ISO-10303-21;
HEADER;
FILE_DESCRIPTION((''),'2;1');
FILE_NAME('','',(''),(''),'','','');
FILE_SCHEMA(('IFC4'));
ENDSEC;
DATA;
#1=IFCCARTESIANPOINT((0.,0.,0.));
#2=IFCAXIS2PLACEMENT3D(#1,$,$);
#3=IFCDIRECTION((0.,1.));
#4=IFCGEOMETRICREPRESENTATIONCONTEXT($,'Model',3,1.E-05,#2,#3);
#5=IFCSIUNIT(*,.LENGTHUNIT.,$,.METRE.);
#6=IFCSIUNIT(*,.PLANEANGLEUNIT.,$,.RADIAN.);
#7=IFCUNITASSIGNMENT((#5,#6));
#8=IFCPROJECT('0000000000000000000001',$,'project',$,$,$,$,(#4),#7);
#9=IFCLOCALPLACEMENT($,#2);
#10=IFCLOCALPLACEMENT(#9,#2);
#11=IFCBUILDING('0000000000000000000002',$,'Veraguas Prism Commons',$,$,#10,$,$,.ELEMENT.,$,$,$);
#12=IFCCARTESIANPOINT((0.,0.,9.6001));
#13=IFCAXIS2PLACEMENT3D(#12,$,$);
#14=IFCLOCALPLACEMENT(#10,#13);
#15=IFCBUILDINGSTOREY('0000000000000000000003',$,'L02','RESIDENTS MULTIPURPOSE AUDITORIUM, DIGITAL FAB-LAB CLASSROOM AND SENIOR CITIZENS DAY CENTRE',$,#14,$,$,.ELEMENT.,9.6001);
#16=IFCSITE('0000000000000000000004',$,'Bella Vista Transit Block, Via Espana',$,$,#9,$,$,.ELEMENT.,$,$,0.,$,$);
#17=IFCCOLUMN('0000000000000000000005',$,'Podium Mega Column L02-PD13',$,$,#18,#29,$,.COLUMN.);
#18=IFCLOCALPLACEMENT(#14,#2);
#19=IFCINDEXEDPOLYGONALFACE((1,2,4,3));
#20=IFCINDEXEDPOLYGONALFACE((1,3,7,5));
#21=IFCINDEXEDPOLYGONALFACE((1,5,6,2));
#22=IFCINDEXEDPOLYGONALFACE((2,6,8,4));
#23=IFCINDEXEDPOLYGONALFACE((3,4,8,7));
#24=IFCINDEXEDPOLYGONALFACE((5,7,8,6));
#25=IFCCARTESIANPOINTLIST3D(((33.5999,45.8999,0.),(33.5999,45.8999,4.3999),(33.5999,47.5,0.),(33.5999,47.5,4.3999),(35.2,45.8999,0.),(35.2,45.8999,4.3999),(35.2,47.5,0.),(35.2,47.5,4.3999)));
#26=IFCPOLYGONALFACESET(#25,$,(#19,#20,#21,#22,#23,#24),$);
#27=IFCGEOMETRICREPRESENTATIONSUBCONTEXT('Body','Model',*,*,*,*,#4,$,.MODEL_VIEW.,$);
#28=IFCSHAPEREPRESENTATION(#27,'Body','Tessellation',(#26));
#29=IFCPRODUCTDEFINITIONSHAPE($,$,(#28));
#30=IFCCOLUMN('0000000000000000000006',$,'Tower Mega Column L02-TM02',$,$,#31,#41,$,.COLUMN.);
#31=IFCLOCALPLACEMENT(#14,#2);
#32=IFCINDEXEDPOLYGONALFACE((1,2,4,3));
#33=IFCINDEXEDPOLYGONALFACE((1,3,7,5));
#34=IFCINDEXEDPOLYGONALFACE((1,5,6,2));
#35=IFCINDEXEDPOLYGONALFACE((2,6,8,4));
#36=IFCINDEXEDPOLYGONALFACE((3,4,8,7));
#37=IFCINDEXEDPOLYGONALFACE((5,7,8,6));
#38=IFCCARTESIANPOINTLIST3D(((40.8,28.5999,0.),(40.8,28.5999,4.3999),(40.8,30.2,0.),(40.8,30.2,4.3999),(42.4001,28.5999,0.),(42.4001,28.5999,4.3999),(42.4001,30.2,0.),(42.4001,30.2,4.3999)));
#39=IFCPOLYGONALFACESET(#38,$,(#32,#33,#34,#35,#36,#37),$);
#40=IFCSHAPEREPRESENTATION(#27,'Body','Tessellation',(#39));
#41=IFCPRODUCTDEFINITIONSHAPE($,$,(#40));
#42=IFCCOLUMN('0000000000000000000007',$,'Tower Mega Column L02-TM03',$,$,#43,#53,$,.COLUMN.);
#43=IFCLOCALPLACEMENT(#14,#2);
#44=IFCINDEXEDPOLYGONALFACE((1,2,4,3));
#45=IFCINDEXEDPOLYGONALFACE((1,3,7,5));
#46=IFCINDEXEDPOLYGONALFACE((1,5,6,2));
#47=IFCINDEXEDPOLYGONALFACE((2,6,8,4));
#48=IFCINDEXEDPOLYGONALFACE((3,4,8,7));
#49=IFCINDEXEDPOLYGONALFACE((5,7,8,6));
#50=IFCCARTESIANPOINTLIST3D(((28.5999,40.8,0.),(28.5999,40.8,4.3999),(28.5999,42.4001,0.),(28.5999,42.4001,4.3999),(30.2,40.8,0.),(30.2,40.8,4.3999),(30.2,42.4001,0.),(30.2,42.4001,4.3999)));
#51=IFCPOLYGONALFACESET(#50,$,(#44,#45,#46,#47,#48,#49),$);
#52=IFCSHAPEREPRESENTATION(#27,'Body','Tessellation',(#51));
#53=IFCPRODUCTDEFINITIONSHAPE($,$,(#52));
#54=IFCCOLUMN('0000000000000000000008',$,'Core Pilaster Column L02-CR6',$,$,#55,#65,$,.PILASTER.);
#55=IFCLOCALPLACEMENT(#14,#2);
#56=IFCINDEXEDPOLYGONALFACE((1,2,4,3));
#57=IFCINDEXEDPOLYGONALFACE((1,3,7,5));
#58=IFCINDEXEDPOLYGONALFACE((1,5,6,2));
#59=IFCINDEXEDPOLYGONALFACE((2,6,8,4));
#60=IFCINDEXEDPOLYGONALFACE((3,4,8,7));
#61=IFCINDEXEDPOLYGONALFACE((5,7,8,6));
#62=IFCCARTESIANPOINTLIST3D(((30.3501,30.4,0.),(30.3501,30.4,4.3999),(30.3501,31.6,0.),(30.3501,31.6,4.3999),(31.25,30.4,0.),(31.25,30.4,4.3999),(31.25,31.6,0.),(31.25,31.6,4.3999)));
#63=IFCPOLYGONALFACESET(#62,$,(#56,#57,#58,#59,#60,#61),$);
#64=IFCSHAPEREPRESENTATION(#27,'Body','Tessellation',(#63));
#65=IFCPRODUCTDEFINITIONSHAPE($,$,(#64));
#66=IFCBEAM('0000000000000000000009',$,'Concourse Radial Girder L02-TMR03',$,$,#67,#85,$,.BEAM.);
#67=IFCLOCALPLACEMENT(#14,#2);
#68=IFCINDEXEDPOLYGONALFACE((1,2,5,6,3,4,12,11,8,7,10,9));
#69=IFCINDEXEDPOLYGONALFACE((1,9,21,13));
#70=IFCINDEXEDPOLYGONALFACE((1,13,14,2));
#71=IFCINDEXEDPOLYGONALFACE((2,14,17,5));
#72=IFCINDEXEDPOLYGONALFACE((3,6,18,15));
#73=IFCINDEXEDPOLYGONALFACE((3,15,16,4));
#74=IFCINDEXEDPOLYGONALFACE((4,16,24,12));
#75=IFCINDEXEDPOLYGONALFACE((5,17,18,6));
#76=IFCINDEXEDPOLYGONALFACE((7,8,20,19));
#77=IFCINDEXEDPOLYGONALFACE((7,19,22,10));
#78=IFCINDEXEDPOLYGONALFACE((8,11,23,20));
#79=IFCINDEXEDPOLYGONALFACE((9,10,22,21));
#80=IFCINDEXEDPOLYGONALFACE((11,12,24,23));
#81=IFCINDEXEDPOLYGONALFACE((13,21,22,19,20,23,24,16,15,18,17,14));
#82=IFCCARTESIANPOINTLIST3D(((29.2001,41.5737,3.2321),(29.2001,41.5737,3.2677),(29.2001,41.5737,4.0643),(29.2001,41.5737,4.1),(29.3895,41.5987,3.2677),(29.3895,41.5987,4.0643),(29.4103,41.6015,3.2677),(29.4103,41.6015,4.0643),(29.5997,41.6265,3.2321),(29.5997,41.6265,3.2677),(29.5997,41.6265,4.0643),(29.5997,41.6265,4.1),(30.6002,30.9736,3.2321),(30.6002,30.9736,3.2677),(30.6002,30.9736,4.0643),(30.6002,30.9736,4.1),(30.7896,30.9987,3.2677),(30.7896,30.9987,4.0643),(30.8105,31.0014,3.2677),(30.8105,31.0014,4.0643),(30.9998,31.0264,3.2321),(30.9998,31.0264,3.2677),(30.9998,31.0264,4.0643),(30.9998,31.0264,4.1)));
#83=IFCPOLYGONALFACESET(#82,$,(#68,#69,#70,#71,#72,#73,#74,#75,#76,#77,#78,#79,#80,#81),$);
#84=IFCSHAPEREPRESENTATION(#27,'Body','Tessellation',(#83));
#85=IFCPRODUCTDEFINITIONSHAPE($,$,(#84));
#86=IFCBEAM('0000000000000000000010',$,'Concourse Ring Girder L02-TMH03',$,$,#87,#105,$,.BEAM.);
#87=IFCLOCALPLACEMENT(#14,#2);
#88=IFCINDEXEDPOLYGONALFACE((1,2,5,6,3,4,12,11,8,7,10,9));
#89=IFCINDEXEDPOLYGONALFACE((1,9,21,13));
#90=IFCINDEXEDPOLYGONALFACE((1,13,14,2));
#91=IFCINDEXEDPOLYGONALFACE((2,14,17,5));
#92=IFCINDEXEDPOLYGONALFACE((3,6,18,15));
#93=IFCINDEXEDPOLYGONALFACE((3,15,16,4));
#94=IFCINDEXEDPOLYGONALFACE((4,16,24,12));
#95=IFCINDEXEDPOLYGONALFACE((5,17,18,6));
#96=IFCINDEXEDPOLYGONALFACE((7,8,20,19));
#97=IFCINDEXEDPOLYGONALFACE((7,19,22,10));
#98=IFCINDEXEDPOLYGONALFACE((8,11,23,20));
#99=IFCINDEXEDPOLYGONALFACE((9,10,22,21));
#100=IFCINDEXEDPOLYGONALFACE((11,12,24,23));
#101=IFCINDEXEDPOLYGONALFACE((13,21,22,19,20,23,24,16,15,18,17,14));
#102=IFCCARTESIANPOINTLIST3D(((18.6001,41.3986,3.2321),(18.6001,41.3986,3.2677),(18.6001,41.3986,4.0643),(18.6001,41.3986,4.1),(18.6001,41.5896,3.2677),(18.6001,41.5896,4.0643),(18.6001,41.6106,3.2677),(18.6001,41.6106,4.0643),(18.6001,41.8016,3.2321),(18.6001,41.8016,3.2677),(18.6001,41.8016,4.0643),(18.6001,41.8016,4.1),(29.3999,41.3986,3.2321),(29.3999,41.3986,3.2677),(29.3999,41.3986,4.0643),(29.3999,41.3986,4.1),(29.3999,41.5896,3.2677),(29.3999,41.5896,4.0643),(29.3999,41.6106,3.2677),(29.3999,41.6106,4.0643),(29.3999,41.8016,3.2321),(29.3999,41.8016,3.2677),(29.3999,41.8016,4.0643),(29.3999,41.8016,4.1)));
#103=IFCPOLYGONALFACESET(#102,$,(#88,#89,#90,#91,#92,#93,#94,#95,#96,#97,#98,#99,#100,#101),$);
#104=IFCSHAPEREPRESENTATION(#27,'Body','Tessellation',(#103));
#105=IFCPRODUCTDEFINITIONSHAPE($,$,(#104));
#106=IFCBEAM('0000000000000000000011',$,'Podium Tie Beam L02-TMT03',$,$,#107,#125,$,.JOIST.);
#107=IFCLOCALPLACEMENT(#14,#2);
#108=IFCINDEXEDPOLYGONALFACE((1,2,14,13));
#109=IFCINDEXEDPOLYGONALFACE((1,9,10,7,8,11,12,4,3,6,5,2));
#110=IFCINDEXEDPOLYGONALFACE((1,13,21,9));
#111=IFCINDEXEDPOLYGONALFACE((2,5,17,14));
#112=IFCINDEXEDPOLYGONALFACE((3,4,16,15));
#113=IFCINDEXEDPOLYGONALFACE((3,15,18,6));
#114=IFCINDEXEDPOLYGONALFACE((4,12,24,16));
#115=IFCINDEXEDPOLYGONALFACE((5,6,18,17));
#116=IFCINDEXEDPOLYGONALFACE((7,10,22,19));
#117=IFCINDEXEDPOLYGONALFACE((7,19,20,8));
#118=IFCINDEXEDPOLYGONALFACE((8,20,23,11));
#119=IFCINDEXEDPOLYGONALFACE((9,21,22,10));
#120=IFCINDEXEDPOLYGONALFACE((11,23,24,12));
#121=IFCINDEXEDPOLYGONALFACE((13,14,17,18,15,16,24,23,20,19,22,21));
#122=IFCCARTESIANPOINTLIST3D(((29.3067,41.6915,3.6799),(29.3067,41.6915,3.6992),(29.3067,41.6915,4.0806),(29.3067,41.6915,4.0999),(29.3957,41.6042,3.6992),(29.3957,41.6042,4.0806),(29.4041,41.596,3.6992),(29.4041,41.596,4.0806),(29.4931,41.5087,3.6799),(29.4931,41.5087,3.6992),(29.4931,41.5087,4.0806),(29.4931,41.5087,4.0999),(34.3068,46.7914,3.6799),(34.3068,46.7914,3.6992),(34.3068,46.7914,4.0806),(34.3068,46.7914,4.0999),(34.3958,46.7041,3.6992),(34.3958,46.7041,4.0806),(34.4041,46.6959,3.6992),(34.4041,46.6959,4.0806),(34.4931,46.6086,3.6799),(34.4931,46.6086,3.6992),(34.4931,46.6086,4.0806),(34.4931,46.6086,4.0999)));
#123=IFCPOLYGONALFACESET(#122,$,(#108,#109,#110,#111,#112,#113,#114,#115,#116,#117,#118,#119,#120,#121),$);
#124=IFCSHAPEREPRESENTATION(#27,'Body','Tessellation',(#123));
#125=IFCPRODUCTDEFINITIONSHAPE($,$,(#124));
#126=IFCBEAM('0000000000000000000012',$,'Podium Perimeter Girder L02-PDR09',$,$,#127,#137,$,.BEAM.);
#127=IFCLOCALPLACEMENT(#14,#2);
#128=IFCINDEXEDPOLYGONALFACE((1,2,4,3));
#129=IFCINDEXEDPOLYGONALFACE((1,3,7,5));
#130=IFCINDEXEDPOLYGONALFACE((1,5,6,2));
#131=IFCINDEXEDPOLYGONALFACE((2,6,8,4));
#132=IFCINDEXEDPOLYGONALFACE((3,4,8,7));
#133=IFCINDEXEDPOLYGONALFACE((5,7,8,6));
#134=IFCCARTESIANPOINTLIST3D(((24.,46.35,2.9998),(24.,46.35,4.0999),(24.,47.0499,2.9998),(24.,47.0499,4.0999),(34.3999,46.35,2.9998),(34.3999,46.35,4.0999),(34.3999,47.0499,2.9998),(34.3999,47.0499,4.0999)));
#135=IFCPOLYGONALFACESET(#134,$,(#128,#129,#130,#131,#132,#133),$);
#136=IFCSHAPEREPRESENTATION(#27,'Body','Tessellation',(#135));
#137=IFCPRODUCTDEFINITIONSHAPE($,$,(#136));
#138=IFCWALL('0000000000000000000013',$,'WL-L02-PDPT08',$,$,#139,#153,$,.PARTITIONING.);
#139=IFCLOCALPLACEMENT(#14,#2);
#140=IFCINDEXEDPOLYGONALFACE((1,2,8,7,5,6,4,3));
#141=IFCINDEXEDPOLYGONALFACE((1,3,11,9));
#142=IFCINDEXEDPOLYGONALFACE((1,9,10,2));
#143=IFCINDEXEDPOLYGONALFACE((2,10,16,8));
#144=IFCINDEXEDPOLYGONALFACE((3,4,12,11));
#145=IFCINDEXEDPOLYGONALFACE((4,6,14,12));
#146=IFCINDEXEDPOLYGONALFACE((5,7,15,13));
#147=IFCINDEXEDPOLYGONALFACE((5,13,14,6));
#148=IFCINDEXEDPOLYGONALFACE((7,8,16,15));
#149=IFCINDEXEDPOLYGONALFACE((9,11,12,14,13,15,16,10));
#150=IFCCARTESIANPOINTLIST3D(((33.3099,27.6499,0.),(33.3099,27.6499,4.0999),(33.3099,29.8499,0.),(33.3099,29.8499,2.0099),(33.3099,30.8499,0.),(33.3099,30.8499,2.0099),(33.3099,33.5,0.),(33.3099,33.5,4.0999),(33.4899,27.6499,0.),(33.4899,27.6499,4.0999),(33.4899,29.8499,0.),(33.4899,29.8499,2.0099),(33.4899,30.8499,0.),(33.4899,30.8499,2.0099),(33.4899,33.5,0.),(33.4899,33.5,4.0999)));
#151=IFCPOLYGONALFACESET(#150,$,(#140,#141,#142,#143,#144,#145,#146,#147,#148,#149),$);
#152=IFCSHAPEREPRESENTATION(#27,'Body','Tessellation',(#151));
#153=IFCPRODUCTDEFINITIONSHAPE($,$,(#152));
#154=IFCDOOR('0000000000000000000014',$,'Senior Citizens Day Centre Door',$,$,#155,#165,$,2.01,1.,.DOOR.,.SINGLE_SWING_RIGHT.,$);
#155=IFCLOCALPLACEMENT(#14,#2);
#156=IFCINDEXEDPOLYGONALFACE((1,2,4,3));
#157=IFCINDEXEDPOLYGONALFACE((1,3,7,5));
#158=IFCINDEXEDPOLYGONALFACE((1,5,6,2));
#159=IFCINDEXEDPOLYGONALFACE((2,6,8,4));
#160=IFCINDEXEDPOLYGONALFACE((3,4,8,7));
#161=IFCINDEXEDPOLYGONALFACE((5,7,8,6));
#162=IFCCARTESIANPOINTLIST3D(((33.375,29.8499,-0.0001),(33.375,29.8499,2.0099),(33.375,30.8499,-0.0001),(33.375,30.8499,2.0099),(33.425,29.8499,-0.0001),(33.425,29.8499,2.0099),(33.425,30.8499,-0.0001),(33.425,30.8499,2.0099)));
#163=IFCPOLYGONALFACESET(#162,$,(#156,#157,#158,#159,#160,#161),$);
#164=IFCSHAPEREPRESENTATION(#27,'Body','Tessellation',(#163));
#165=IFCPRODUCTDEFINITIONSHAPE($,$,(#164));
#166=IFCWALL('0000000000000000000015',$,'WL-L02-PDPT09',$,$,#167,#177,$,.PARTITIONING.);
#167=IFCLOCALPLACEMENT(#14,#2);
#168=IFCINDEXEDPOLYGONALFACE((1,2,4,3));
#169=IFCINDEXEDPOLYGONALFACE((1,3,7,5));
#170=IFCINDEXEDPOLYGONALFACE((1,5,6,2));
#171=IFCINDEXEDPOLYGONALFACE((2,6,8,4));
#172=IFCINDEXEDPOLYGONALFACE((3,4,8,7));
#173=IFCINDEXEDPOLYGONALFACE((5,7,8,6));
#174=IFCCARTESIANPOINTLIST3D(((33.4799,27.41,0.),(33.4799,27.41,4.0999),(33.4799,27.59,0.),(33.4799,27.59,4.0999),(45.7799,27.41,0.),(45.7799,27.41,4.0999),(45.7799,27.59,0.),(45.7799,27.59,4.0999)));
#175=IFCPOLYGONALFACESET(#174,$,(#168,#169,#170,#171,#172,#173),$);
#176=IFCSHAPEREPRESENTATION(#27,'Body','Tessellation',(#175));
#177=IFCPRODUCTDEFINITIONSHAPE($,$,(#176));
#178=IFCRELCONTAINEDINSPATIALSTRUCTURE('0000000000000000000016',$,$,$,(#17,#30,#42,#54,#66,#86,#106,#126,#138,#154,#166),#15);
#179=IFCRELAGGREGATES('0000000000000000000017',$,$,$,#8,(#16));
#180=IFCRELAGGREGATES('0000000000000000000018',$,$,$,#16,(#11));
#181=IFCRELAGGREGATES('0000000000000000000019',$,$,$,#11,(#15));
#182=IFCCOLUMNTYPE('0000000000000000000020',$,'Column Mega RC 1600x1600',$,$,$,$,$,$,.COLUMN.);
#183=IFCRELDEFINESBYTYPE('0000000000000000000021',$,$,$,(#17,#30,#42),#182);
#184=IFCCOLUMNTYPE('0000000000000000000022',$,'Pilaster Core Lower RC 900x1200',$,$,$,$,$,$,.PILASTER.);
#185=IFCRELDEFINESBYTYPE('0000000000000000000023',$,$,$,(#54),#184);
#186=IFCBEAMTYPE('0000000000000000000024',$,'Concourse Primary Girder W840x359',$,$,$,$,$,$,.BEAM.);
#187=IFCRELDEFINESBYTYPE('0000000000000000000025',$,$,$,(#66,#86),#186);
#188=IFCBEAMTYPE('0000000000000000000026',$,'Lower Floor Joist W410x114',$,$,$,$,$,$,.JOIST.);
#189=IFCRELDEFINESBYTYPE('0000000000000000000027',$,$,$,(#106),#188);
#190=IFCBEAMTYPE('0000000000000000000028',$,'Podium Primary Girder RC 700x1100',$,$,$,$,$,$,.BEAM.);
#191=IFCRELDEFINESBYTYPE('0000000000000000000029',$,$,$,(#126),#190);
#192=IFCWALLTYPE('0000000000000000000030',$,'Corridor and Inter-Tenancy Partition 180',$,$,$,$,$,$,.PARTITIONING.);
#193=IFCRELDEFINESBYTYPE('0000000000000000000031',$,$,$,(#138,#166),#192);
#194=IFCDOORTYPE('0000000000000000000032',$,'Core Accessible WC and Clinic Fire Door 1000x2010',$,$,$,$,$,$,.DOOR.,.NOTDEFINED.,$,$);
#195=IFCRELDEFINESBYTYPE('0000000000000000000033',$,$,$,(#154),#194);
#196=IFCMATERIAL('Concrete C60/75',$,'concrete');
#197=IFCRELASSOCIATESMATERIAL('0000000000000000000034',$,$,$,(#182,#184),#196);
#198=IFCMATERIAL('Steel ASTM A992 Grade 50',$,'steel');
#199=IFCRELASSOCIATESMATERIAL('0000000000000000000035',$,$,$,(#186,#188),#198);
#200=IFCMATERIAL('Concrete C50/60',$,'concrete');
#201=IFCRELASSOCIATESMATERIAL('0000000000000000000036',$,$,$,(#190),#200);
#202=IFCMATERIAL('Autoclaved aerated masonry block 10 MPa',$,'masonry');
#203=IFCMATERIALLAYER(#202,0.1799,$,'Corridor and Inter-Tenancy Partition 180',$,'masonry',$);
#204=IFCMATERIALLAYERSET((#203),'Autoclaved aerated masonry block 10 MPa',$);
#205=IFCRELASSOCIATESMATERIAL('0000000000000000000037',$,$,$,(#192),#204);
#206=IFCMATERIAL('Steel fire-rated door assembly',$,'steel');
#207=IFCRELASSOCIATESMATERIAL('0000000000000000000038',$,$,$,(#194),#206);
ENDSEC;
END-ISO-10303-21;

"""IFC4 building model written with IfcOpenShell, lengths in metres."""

from ifc_helpers import new_model, si_unit, direction, frame, frame_2d, origin, origin_2d, place, context, subcontext, project, spatial, rectangle, i_section, extrude, source, transform, mapped, material, layer, layer_set, material_profile, profile_set, type_object, element, fill, save


model = new_model("IFC4")

# Units and contexts
model_context = context("Model", 3, precision=1e-05, world=origin(), true_north=direction((0.0, 1.0)))
body_context = subcontext(model_context, "Body", "Model", "MODEL_VIEW")
ifc_project = project(units=[si_unit("LENGTHUNIT", "METRE"), si_unit("PLANEANGLEUNIT", "RADIAN")], contexts=[model_context])

# Site, building, storey
site_placement = place(None, origin())
site = spatial("IfcSite", under=ifc_project, at=site_placement, Name="Bella Vista Transit Block, Via Espana", CompositionType="ELEMENT", RefElevation=0.0)
building_placement = place(site_placement, origin())
building = spatial("IfcBuilding", under=site, at=building_placement, Name="Veraguas Prism Commons", CompositionType="ELEMENT")
storey_placement = place(building_placement, frame((0.0, 0.0, 9.6001)))
storey = spatial("IfcBuildingStorey", under=building, at=storey_placement, Name="L02", Description="RESIDENTS MULTIPURPOSE AUDITORIUM, DIGITAL FAB-LAB CLASSROOM AND SENIOR CITIZENS DAY CENTRE", CompositionType="ELEMENT", Elevation=9.6001)

# Columns
ifc_material_1 = material(Name="Concrete C60/75", Category="concrete")
ifc_material_profile_1 = material_profile(ifc_material_1, rectangle(XDim=1.6001, YDim=1.6001, at=origin_2d()), Name="RC1600X1600")
ifc_profile_set_1 = profile_set([ifc_material_profile_1], Name="Concrete C60/75")
column_type_1 = type_object("IfcColumnType", Name="Column Mega RC 1600x1600", PredefinedType="COLUMN", material=ifc_profile_set_1)
for number, where, z_axis, x_axis, name in (
    (1, (34.3999, 46.7, 0.0), (0.0, 0.0, 1.0), (1.0, 0.0, 0.0), "Podium Mega Column L02-PD13"),
    (2, (41.6001, 29.3999, 0.0), (0.0, 0.0, 1.0), (1.0, 0.0, 0.0), "Tower Mega Column L02-TM02"),
    (3, (29.3999, 41.6001, 0.0), (0.0, 0.0, 1.0), (1.0, 0.0, 0.0), "Tower Mega Column L02-TM03"),
):
    element("IfcColumn", number, at=place(storey_placement, frame(where, z_axis=z_axis, x_axis=x_axis)), inside=storey, type_object=column_type_1, Name=name, PredefinedType="COLUMN", context=body_context, shape_type="SweptSolid", body=[
        extrude(rectangle(XDim=1.6001, YDim=1.6001, at=origin_2d()), origin(), (0.0, 0.0, 1.0), 4.3999),
    ])
ifc_material_profile_2 = material_profile(ifc_material_1, rectangle(XDim=0.8999, YDim=1.2, at=origin_2d()), Name="RC900X1200")
ifc_profile_set_2 = profile_set([ifc_material_profile_2], Name="Concrete C60/75")
column_type_2 = type_object("IfcColumnType", Name="Pilaster Core Lower RC 900x1200", PredefinedType="PILASTER", material=ifc_profile_set_2)
column_placement = place(storey_placement, frame((30.8, 31.0, 0.0), z_axis=(0.0, 0.0, 1.0), x_axis=(1.0, 0.0, 0.0)))
element("IfcColumn", 4, at=column_placement, inside=storey, type_object=column_type_2, Name="Core Pilaster Column L02-CR6", PredefinedType="PILASTER", context=body_context, shape_type="SweptSolid", body=[
    extrude(rectangle(XDim=0.8999, YDim=1.2, at=origin_2d()), origin(), (0.0, 0.0, 1.0), 4.3999),
])

# Beams
ifc_material_2 = material(Name="Steel ASTM A992 Grade 50", Category="steel")
ifc_material_profile_3 = material_profile(ifc_material_2, i_section(OverallWidth=0.4031, OverallDepth=0.8679, WebThickness=0.021, FlangeThickness=0.0356, at=origin_2d()), Name="W840X359")
ifc_profile_set_3 = profile_set([ifc_material_profile_3], Name="Steel ASTM A992 Grade 50")
beam_type_1 = type_object("IfcBeamType", Name="Concourse Primary Girder W840x359", PredefinedType="BEAM", material=ifc_profile_set_3)
beam_1_placement = place(storey_placement, frame((29.3999, 41.6001, 3.666), z_axis=(0.130951, -0.991389, 0.0), x_axis=(0.991389, 0.130951, 0.0)))
element("IfcBeam", 5, at=beam_1_placement, inside=storey, type_object=beam_type_1, Name="Concourse Radial Girder L02-TMR03", PredefinedType="BEAM", context=body_context, shape_type="SweptSolid", body=[
    extrude(i_section(OverallWidth=0.4031, OverallDepth=0.8679, WebThickness=0.021, FlangeThickness=0.0356, at=origin_2d()), origin(), (0.0, 0.0, 1.0), 10.6921),
])
beam_2_placement = place(storey_placement, frame((29.3999, 41.6001, 3.666), z_axis=(-1.0, 0.0, 0.0), x_axis=(0.0, -1.0, 0.0)))
element("IfcBeam", 6, at=beam_2_placement, inside=storey, type_object=beam_type_1, Name="Concourse Ring Girder L02-TMH03", PredefinedType="BEAM", context=body_context, shape_type="SweptSolid", body=[
    extrude(i_section(OverallWidth=0.4031, OverallDepth=0.8679, WebThickness=0.021, FlangeThickness=0.0356, at=origin_2d()), origin(), (0.0, 0.0, 1.0), 10.7998),
])
ifc_material_profile_4 = material_profile(ifc_material_2, i_section(OverallWidth=0.261, OverallDepth=0.4199, WebThickness=0.0117, FlangeThickness=0.0193, at=origin_2d()), Name="W410X114")
ifc_profile_set_4 = profile_set([ifc_material_profile_4], Name="Steel ASTM A992 Grade 50")
beam_type_2 = type_object("IfcBeamType", Name="Lower Floor Joist W410x114", PredefinedType="JOIST", material=ifc_profile_set_4)
beam_3_placement = place(storey_placement, frame((29.3999, 41.6001, 3.8899), z_axis=(0.700082, 0.714063, 0.0), x_axis=(-0.714063, 0.700082, 0.0)))
element("IfcBeam", 7, at=beam_3_placement, inside=storey, type_object=beam_type_2, Name="Podium Tie Beam L02-TMT03", PredefinedType="JOIST", context=body_context, shape_type="SweptSolid", body=[
    extrude(i_section(OverallWidth=0.261, OverallDepth=0.4199, WebThickness=0.0117, FlangeThickness=0.0193, at=origin_2d()), origin(), (0.0, 0.0, 1.0), 7.1421),
])
ifc_material_3 = material(Name="Concrete C50/60", Category="concrete")
ifc_material_profile_5 = material_profile(ifc_material_3, rectangle(XDim=0.7, YDim=1.1001, at=origin_2d()), Name="RC700X1100")
ifc_profile_set_5 = profile_set([ifc_material_profile_5], Name="Concrete C50/60")
beam_type_3 = type_object("IfcBeamType", Name="Podium Primary Girder RC 700x1100", PredefinedType="BEAM", material=ifc_profile_set_5)
beam_4_placement = place(storey_placement, frame((34.3999, 46.7, 3.5498), z_axis=(-1.0, 0.0, 0.0), x_axis=(0.0, -1.0, 0.0)))
element("IfcBeam", 8, at=beam_4_placement, inside=storey, type_object=beam_type_3, Name="Podium Perimeter Girder L02-PDR09", PredefinedType="BEAM", context=body_context, shape_type="SweptSolid", body=[
    extrude(rectangle(XDim=0.7, YDim=1.1001, at=origin_2d()), origin(), (0.0, 0.0, 1.0), 10.3999),
])

# Wall, opening, door
ifc_material_4 = material(Name="Autoclaved aerated masonry block 10 MPa", Category="masonry")
ifc_layer_1 = layer(ifc_material_4, 0.1799, Name="Corridor and Inter-Tenancy Partition 180", Category="masonry")
ifc_layer_set_1 = layer_set([ifc_layer_1], Name="Autoclaved aerated masonry block 10 MPa")
wall_type_1 = type_object("IfcWallType", Name="Corridor and Inter-Tenancy Partition 180", PredefinedType="PARTITIONING", material=ifc_layer_set_1)
wall_1_placement = place(storey_placement, frame((33.3999, 27.6499, 0.0), z_axis=(0.0, 0.0, 1.0), x_axis=(0.0, 1.0, 0.0)))
wall_1 = element("IfcWall", 9, at=wall_1_placement, inside=storey, type_object=wall_type_1, Name="WL-L02-PDPT08", PredefinedType="PARTITIONING", context=body_context, shape_type="SweptSolid", body=[
    extrude(rectangle(XDim=5.8501, YDim=0.1799, at=frame_2d((2.925, 0.0))), origin(), (0.0, 0.0, 1.0), 4.0999),
])
opening_1_placement = place(wall_1_placement, frame((2.2, 0.0, 0.0)))
opening_1 = element("IfcOpeningElement", 10, at=opening_1_placement, cuts=wall_1, PredefinedType="OPENING", context=body_context, shape_type="SweptSolid", body=[
    extrude(rectangle(XDim=1.0, YDim=2.01, at=frame_2d((0.5, 1.0049))), frame((0.0, 0.0999, 0.0), z_axis=(0.0, -1.0, 0.0), x_axis=(1.0, 0.0, 0.0)), (0.0, 0.0, 1.0), 0.2),
])
ifc_material_5 = material(Name="Steel fire-rated door assembly", Category="steel")
door_type = type_object("IfcDoorType", Name="Core Accessible WC and Clinic Fire Door 1000x2010", OperationType="NOTDEFINED", PredefinedType="DOOR", material=ifc_material_5)
shared_shape_1 = source(origin(), body_context, "Body", "SweptSolid", [
    extrude(rectangle(XDim=1.0, YDim=2.01, at=frame_2d((0.5, 1.0049))), frame((0.0, 0.0249, 0.0), z_axis=(0.0, -1.0, 0.0), x_axis=(1.0, 0.0, 0.0)), (0.0, 0.0, 1.0), 0.05),
])
door_placement = place(opening_1_placement, origin())
door = element("IfcDoor", 11, at=door_placement, inside=storey, type_object=door_type, Name="Senior Citizens Day Centre Door", OperationType="SINGLE_SWING_RIGHT", OverallHeight=2.01, OverallWidth=1.0, PredefinedType="DOOR", context=body_context, shape_type="MappedRepresentation", body=[
    mapped(shared_shape_1, transform((0.0, 0.0, 0.0), scale=1.0)),
])
fill(opening_1, door)

# Wall
wall_2_placement = place(storey_placement, frame((33.48, 27.5, 0.0), z_axis=(0.0, 0.0, 1.0), x_axis=(1.0, 0.0, 0.0)))
element("IfcWall", 12, at=wall_2_placement, inside=storey, type_object=wall_type_1, Name="WL-L02-PDPT09", PredefinedType="PARTITIONING", context=body_context, shape_type="SweptSolid", body=[
    extrude(rectangle(XDim=12.3, YDim=0.1799, at=frame_2d((6.1499, 0.0))), origin(), (0.0, 0.0, 1.0), 4.0999),
])

save(model, "model.ifc")
